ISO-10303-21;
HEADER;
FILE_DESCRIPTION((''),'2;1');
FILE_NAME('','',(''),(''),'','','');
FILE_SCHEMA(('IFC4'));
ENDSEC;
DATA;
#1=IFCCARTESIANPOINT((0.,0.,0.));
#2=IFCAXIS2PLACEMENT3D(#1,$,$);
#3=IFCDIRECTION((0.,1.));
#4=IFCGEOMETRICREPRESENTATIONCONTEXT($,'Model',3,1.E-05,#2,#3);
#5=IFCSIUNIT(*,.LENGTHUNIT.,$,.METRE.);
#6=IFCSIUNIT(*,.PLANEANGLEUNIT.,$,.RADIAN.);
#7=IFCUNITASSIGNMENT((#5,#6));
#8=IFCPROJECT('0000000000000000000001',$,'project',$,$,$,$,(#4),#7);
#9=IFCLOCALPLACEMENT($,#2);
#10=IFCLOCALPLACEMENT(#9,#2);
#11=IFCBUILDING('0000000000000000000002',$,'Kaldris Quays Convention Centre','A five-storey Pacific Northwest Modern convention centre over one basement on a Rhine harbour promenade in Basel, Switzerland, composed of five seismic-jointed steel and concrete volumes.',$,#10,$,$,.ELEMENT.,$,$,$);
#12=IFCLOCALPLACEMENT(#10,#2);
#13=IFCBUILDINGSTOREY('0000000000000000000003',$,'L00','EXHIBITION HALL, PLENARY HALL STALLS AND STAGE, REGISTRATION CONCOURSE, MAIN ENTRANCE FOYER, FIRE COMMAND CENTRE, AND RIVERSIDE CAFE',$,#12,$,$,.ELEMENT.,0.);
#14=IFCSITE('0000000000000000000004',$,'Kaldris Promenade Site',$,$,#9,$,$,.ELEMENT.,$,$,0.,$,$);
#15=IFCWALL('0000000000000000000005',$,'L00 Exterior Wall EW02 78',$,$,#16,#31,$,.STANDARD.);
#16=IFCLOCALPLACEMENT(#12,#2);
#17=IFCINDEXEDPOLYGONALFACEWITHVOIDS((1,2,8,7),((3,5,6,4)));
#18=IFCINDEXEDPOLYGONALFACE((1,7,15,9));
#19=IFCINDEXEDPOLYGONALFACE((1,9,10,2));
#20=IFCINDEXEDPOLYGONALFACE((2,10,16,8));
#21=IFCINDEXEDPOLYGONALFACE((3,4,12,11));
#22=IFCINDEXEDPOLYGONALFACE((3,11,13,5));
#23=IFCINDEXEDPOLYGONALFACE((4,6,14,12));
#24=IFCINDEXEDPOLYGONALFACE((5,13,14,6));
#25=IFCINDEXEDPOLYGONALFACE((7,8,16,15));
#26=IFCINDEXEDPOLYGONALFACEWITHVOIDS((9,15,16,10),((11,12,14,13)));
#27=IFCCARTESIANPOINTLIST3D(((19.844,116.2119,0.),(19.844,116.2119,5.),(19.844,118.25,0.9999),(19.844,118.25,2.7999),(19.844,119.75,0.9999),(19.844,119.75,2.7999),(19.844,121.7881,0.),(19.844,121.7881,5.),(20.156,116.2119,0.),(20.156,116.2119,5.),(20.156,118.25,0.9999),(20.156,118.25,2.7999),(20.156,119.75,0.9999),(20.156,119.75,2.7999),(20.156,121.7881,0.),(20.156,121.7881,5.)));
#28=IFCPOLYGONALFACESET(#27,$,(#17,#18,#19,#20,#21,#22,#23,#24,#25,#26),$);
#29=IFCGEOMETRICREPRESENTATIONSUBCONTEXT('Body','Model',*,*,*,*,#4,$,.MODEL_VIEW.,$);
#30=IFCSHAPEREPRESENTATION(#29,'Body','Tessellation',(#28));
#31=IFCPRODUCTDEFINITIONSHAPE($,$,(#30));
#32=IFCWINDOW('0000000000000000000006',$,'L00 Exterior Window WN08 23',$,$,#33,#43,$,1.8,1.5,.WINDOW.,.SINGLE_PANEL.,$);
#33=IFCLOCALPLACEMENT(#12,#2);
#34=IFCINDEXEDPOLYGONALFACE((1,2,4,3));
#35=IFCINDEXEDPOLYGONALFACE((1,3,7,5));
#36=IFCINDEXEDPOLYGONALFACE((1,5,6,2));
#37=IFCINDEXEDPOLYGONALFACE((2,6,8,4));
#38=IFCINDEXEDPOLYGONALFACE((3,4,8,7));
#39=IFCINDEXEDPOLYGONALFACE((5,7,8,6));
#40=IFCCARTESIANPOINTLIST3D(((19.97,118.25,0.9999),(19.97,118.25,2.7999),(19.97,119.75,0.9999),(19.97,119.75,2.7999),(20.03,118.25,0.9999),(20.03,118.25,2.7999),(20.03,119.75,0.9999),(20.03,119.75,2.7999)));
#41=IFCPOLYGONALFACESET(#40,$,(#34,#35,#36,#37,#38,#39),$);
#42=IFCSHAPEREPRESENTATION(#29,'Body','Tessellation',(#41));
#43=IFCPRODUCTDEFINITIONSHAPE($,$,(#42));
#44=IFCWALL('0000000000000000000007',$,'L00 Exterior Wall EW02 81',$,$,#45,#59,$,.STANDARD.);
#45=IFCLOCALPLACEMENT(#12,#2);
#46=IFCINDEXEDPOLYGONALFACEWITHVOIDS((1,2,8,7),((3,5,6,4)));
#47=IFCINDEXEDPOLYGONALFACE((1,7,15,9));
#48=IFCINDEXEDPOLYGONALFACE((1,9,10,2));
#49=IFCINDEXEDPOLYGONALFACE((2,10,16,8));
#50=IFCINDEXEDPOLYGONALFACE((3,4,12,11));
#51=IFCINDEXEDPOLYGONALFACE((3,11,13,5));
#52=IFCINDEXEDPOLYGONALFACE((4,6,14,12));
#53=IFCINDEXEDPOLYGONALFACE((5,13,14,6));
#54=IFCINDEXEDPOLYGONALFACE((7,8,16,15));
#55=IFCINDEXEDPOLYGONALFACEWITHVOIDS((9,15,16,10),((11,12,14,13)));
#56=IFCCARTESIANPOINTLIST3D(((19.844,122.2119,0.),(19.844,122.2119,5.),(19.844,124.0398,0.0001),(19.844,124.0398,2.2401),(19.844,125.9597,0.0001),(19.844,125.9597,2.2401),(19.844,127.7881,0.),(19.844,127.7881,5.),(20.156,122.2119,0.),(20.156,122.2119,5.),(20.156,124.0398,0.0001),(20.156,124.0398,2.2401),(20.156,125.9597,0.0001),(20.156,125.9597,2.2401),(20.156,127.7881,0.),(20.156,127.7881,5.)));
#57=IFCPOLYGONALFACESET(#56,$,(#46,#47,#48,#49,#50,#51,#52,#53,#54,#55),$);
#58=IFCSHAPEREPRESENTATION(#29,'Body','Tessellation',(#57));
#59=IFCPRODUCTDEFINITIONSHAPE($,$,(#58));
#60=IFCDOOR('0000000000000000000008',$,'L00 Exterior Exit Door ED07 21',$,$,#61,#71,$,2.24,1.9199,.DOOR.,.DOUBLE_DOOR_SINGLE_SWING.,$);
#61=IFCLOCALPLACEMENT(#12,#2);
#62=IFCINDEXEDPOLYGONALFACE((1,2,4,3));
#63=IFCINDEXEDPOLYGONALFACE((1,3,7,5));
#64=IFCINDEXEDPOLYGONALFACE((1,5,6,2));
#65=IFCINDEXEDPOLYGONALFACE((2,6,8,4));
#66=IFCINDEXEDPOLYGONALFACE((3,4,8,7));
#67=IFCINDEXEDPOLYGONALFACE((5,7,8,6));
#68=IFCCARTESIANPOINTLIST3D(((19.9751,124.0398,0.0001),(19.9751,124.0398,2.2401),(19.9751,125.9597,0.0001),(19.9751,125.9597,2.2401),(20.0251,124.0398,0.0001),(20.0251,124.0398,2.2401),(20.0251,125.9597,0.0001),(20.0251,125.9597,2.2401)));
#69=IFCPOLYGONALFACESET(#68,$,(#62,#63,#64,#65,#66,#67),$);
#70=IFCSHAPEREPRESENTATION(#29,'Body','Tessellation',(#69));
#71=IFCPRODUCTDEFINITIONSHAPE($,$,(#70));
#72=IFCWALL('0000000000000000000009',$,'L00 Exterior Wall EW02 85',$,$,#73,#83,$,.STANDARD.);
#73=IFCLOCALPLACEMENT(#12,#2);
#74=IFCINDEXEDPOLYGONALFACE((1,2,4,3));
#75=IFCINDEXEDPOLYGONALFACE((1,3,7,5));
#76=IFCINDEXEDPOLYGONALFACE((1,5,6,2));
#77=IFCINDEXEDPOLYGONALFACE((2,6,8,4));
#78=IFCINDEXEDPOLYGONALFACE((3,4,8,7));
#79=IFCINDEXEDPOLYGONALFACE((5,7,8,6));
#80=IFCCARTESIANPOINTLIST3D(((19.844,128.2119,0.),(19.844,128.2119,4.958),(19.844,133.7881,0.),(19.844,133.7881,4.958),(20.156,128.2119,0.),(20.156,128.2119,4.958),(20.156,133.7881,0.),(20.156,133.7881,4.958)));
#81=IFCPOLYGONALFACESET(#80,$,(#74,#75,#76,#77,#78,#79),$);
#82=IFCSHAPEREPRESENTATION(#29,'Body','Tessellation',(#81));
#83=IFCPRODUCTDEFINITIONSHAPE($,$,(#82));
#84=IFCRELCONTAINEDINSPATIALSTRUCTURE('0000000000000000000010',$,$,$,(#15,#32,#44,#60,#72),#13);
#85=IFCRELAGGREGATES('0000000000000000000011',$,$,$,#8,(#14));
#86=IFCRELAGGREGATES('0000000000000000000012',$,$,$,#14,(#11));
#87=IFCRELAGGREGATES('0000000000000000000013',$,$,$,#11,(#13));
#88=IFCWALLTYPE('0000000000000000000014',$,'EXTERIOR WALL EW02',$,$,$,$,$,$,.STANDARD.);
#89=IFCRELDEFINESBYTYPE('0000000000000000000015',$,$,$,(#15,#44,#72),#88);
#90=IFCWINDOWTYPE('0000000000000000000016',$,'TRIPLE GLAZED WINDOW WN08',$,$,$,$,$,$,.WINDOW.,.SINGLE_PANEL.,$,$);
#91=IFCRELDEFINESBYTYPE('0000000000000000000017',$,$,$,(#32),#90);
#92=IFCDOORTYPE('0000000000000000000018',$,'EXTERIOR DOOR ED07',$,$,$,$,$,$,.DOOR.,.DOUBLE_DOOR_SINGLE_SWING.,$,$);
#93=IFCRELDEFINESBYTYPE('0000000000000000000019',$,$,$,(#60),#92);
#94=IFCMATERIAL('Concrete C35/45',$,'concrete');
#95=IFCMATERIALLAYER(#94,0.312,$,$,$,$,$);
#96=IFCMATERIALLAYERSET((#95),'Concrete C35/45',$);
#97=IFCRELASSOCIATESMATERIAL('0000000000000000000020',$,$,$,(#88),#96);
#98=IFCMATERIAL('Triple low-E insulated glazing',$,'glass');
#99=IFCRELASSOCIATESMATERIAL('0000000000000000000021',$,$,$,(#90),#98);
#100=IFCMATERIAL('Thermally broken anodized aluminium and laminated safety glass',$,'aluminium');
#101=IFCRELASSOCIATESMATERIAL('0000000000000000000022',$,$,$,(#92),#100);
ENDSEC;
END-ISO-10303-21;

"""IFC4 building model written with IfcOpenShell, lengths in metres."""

from ifc_helpers import new_model, si_unit, direction, frame, frame_2d, origin, place, context, subcontext, project, spatial, rectangle, extrude, material, layer, layer_set, type_object, element, fill, save


model = new_model("IFC4")

# Units and contexts
model_context = context("Model", 3, precision=1e-05, world=origin(), true_north=direction((0.0, 1.0)))
body_context = subcontext(model_context, "Body", "Model", "MODEL_VIEW")
ifc_project = project(units=[si_unit("LENGTHUNIT", "METRE"), si_unit("PLANEANGLEUNIT", "RADIAN")], contexts=[model_context])

# Site, building, storey
site_placement = place(None, origin())
site = spatial("IfcSite", under=ifc_project, at=site_placement, Name="Kaldris Promenade Site", CompositionType="ELEMENT", RefElevation=0.0)
building_placement = place(site_placement, origin())
building = spatial("IfcBuilding", under=site, at=building_placement, Name="Kaldris Quays Convention Centre", Description="A five-storey Pacific Northwest Modern convention centre over one basement on a Rhine harbour promenade in Basel, Switzerland, composed of five seismic-jointed steel and concrete volumes.", CompositionType="ELEMENT")
storey_placement = place(building_placement, origin())
storey = spatial("IfcBuildingStorey", under=building, at=storey_placement, Name="L00", Description="EXHIBITION HALL, PLENARY HALL STALLS AND STAGE, REGISTRATION CONCOURSE, MAIN ENTRANCE FOYER, FIRE COMMAND CENTRE, AND RIVERSIDE CAFE", CompositionType="ELEMENT", Elevation=0.0)

# Shared definitions
ifc_material_1 = material(Name="Concrete C35/45", Category="concrete")
ifc_layer = layer(ifc_material_1, 0.312)
ifc_layer_set = layer_set([ifc_layer], Name="Concrete C35/45")
wall_type = type_object("IfcWallType", Name="EXTERIOR WALL EW02", PredefinedType="STANDARD", material=ifc_layer_set)
ifc_material_2 = material(Name="Thermally broken anodized aluminium and laminated safety glass", Category="aluminium")

# Shared definitions
ifc_material_3 = material(Name="Triple low-E insulated glazing", Category="glass")

# Wall, opening, window
wall_1_placement = place(storey_placement, frame((20.0, 116.2119, 0.0), z_axis=(0.0, 0.0, 1.0), x_axis=(0.0, 1.0, 0.0)))
wall_1 = element("IfcWall", 1, at=wall_1_placement, inside=storey, type_object=wall_type, Name="L00 Exterior Wall EW02 78", PredefinedType="STANDARD", context=body_context, shape_type="SweptSolid", body=[
    extrude(rectangle(XDim=5.5762, YDim=0.312, at=frame_2d((2.7881, 0.0))), origin(), (0.0, 0.0, 1.0), 5.0),
])
opening_1_placement = place(wall_1_placement, frame((2.0381, 0.0, 1.0)))
opening_1 = element("IfcOpeningElement", 2, at=opening_1_placement, cuts=wall_1, PredefinedType="OPENING", context=body_context, shape_type="SweptSolid", body=[
    extrude(rectangle(XDim=1.5, YDim=1.8, at=frame_2d((0.75, 0.8999))), frame((0.0, 0.166, 0.0), z_axis=(0.0, -1.0, 0.0), x_axis=(1.0, 0.0, 0.0)), (0.0, 0.0, 1.0), 0.332),
])
window_type_1 = type_object("IfcWindowType", Name="TRIPLE GLAZED WINDOW WN08", PartitioningType="SINGLE_PANEL", PredefinedType="WINDOW", material=ifc_material_3)
window_1_placement = place(opening_1_placement, origin())
window_1 = element("IfcWindow", 3, at=window_1_placement, inside=storey, type_object=window_type_1, Name="L00 Exterior Window WN08 23", OverallHeight=1.8, OverallWidth=1.5, PartitioningType="SINGLE_PANEL", PredefinedType="WINDOW", context=body_context, shape_type="SweptSolid", body=[
    extrude(rectangle(XDim=1.5, YDim=1.8, at=frame_2d((0.75, 0.8999))), frame((0.0, 0.03, 0.0), z_axis=(0.0, -1.0, 0.0), x_axis=(1.0, 0.0, 0.0)), (0.0, 0.0, 1.0), 0.0601),
])
fill(opening_1, window_1)

# Wall, opening, door
wall_2_placement = place(storey_placement, frame((20.0, 122.2119, 0.0), z_axis=(0.0, 0.0, 1.0), x_axis=(0.0, 1.0, 0.0)))
wall_2 = element("IfcWall", 4, at=wall_2_placement, inside=storey, type_object=wall_type, Name="L00 Exterior Wall EW02 81", PredefinedType="STANDARD", context=body_context, shape_type="SweptSolid", body=[
    extrude(rectangle(XDim=5.5762, YDim=0.312, at=frame_2d((2.7881, 0.0))), origin(), (0.0, 0.0, 1.0), 5.0),
])
opening_2_placement = place(wall_2_placement, frame((1.8279, 0.0, 0.0)))
opening_2 = element("IfcOpeningElement", 5, at=opening_2_placement, cuts=wall_2, PredefinedType="OPENING", context=body_context, shape_type="SweptSolid", body=[
    extrude(rectangle(XDim=1.9199, YDim=2.24, at=frame_2d((0.96, 1.1201))), frame((0.0, 0.166, 0.0), z_axis=(0.0, -1.0, 0.0), x_axis=(1.0, 0.0, 0.0)), (0.0, 0.0, 1.0), 0.332),
])
door_type_1 = type_object("IfcDoorType", Name="EXTERIOR DOOR ED07", OperationType="DOUBLE_DOOR_SINGLE_SWING", PredefinedType="DOOR", material=ifc_material_2)
door_1_placement = place(opening_2_placement, origin())
door_1 = element("IfcDoor", 6, at=door_1_placement, inside=storey, type_object=door_type_1, Name="L00 Exterior Exit Door ED07 21", OperationType="DOUBLE_DOOR_SINGLE_SWING", OverallHeight=2.24, OverallWidth=1.9199, PredefinedType="DOOR", context=body_context, shape_type="SweptSolid", body=[
    extrude(rectangle(XDim=1.9199, YDim=2.24, at=frame_2d((0.96, 1.1201))), frame((0.0, 0.0249, 0.0), z_axis=(0.0, -1.0, 0.0), x_axis=(1.0, 0.0, 0.0)), (0.0, 0.0, 1.0), 0.05),
])
fill(opening_2, door_1)

# Wall
wall_3_placement = place(storey_placement, frame((20.0, 128.2119, 0.0), z_axis=(0.0, 0.0, 1.0), x_axis=(0.0, 1.0, 0.0)))
element("IfcWall", 7, at=wall_3_placement, inside=storey, type_object=wall_type, Name="L00 Exterior Wall EW02 85", PredefinedType="STANDARD", context=body_context, shape_type="SweptSolid", body=[
    extrude(rectangle(XDim=5.5762, YDim=0.312, at=frame_2d((2.7881, 0.0))), origin(), (0.0, 0.0, 1.0), 4.958),
])

save(model, "model.ifc")
